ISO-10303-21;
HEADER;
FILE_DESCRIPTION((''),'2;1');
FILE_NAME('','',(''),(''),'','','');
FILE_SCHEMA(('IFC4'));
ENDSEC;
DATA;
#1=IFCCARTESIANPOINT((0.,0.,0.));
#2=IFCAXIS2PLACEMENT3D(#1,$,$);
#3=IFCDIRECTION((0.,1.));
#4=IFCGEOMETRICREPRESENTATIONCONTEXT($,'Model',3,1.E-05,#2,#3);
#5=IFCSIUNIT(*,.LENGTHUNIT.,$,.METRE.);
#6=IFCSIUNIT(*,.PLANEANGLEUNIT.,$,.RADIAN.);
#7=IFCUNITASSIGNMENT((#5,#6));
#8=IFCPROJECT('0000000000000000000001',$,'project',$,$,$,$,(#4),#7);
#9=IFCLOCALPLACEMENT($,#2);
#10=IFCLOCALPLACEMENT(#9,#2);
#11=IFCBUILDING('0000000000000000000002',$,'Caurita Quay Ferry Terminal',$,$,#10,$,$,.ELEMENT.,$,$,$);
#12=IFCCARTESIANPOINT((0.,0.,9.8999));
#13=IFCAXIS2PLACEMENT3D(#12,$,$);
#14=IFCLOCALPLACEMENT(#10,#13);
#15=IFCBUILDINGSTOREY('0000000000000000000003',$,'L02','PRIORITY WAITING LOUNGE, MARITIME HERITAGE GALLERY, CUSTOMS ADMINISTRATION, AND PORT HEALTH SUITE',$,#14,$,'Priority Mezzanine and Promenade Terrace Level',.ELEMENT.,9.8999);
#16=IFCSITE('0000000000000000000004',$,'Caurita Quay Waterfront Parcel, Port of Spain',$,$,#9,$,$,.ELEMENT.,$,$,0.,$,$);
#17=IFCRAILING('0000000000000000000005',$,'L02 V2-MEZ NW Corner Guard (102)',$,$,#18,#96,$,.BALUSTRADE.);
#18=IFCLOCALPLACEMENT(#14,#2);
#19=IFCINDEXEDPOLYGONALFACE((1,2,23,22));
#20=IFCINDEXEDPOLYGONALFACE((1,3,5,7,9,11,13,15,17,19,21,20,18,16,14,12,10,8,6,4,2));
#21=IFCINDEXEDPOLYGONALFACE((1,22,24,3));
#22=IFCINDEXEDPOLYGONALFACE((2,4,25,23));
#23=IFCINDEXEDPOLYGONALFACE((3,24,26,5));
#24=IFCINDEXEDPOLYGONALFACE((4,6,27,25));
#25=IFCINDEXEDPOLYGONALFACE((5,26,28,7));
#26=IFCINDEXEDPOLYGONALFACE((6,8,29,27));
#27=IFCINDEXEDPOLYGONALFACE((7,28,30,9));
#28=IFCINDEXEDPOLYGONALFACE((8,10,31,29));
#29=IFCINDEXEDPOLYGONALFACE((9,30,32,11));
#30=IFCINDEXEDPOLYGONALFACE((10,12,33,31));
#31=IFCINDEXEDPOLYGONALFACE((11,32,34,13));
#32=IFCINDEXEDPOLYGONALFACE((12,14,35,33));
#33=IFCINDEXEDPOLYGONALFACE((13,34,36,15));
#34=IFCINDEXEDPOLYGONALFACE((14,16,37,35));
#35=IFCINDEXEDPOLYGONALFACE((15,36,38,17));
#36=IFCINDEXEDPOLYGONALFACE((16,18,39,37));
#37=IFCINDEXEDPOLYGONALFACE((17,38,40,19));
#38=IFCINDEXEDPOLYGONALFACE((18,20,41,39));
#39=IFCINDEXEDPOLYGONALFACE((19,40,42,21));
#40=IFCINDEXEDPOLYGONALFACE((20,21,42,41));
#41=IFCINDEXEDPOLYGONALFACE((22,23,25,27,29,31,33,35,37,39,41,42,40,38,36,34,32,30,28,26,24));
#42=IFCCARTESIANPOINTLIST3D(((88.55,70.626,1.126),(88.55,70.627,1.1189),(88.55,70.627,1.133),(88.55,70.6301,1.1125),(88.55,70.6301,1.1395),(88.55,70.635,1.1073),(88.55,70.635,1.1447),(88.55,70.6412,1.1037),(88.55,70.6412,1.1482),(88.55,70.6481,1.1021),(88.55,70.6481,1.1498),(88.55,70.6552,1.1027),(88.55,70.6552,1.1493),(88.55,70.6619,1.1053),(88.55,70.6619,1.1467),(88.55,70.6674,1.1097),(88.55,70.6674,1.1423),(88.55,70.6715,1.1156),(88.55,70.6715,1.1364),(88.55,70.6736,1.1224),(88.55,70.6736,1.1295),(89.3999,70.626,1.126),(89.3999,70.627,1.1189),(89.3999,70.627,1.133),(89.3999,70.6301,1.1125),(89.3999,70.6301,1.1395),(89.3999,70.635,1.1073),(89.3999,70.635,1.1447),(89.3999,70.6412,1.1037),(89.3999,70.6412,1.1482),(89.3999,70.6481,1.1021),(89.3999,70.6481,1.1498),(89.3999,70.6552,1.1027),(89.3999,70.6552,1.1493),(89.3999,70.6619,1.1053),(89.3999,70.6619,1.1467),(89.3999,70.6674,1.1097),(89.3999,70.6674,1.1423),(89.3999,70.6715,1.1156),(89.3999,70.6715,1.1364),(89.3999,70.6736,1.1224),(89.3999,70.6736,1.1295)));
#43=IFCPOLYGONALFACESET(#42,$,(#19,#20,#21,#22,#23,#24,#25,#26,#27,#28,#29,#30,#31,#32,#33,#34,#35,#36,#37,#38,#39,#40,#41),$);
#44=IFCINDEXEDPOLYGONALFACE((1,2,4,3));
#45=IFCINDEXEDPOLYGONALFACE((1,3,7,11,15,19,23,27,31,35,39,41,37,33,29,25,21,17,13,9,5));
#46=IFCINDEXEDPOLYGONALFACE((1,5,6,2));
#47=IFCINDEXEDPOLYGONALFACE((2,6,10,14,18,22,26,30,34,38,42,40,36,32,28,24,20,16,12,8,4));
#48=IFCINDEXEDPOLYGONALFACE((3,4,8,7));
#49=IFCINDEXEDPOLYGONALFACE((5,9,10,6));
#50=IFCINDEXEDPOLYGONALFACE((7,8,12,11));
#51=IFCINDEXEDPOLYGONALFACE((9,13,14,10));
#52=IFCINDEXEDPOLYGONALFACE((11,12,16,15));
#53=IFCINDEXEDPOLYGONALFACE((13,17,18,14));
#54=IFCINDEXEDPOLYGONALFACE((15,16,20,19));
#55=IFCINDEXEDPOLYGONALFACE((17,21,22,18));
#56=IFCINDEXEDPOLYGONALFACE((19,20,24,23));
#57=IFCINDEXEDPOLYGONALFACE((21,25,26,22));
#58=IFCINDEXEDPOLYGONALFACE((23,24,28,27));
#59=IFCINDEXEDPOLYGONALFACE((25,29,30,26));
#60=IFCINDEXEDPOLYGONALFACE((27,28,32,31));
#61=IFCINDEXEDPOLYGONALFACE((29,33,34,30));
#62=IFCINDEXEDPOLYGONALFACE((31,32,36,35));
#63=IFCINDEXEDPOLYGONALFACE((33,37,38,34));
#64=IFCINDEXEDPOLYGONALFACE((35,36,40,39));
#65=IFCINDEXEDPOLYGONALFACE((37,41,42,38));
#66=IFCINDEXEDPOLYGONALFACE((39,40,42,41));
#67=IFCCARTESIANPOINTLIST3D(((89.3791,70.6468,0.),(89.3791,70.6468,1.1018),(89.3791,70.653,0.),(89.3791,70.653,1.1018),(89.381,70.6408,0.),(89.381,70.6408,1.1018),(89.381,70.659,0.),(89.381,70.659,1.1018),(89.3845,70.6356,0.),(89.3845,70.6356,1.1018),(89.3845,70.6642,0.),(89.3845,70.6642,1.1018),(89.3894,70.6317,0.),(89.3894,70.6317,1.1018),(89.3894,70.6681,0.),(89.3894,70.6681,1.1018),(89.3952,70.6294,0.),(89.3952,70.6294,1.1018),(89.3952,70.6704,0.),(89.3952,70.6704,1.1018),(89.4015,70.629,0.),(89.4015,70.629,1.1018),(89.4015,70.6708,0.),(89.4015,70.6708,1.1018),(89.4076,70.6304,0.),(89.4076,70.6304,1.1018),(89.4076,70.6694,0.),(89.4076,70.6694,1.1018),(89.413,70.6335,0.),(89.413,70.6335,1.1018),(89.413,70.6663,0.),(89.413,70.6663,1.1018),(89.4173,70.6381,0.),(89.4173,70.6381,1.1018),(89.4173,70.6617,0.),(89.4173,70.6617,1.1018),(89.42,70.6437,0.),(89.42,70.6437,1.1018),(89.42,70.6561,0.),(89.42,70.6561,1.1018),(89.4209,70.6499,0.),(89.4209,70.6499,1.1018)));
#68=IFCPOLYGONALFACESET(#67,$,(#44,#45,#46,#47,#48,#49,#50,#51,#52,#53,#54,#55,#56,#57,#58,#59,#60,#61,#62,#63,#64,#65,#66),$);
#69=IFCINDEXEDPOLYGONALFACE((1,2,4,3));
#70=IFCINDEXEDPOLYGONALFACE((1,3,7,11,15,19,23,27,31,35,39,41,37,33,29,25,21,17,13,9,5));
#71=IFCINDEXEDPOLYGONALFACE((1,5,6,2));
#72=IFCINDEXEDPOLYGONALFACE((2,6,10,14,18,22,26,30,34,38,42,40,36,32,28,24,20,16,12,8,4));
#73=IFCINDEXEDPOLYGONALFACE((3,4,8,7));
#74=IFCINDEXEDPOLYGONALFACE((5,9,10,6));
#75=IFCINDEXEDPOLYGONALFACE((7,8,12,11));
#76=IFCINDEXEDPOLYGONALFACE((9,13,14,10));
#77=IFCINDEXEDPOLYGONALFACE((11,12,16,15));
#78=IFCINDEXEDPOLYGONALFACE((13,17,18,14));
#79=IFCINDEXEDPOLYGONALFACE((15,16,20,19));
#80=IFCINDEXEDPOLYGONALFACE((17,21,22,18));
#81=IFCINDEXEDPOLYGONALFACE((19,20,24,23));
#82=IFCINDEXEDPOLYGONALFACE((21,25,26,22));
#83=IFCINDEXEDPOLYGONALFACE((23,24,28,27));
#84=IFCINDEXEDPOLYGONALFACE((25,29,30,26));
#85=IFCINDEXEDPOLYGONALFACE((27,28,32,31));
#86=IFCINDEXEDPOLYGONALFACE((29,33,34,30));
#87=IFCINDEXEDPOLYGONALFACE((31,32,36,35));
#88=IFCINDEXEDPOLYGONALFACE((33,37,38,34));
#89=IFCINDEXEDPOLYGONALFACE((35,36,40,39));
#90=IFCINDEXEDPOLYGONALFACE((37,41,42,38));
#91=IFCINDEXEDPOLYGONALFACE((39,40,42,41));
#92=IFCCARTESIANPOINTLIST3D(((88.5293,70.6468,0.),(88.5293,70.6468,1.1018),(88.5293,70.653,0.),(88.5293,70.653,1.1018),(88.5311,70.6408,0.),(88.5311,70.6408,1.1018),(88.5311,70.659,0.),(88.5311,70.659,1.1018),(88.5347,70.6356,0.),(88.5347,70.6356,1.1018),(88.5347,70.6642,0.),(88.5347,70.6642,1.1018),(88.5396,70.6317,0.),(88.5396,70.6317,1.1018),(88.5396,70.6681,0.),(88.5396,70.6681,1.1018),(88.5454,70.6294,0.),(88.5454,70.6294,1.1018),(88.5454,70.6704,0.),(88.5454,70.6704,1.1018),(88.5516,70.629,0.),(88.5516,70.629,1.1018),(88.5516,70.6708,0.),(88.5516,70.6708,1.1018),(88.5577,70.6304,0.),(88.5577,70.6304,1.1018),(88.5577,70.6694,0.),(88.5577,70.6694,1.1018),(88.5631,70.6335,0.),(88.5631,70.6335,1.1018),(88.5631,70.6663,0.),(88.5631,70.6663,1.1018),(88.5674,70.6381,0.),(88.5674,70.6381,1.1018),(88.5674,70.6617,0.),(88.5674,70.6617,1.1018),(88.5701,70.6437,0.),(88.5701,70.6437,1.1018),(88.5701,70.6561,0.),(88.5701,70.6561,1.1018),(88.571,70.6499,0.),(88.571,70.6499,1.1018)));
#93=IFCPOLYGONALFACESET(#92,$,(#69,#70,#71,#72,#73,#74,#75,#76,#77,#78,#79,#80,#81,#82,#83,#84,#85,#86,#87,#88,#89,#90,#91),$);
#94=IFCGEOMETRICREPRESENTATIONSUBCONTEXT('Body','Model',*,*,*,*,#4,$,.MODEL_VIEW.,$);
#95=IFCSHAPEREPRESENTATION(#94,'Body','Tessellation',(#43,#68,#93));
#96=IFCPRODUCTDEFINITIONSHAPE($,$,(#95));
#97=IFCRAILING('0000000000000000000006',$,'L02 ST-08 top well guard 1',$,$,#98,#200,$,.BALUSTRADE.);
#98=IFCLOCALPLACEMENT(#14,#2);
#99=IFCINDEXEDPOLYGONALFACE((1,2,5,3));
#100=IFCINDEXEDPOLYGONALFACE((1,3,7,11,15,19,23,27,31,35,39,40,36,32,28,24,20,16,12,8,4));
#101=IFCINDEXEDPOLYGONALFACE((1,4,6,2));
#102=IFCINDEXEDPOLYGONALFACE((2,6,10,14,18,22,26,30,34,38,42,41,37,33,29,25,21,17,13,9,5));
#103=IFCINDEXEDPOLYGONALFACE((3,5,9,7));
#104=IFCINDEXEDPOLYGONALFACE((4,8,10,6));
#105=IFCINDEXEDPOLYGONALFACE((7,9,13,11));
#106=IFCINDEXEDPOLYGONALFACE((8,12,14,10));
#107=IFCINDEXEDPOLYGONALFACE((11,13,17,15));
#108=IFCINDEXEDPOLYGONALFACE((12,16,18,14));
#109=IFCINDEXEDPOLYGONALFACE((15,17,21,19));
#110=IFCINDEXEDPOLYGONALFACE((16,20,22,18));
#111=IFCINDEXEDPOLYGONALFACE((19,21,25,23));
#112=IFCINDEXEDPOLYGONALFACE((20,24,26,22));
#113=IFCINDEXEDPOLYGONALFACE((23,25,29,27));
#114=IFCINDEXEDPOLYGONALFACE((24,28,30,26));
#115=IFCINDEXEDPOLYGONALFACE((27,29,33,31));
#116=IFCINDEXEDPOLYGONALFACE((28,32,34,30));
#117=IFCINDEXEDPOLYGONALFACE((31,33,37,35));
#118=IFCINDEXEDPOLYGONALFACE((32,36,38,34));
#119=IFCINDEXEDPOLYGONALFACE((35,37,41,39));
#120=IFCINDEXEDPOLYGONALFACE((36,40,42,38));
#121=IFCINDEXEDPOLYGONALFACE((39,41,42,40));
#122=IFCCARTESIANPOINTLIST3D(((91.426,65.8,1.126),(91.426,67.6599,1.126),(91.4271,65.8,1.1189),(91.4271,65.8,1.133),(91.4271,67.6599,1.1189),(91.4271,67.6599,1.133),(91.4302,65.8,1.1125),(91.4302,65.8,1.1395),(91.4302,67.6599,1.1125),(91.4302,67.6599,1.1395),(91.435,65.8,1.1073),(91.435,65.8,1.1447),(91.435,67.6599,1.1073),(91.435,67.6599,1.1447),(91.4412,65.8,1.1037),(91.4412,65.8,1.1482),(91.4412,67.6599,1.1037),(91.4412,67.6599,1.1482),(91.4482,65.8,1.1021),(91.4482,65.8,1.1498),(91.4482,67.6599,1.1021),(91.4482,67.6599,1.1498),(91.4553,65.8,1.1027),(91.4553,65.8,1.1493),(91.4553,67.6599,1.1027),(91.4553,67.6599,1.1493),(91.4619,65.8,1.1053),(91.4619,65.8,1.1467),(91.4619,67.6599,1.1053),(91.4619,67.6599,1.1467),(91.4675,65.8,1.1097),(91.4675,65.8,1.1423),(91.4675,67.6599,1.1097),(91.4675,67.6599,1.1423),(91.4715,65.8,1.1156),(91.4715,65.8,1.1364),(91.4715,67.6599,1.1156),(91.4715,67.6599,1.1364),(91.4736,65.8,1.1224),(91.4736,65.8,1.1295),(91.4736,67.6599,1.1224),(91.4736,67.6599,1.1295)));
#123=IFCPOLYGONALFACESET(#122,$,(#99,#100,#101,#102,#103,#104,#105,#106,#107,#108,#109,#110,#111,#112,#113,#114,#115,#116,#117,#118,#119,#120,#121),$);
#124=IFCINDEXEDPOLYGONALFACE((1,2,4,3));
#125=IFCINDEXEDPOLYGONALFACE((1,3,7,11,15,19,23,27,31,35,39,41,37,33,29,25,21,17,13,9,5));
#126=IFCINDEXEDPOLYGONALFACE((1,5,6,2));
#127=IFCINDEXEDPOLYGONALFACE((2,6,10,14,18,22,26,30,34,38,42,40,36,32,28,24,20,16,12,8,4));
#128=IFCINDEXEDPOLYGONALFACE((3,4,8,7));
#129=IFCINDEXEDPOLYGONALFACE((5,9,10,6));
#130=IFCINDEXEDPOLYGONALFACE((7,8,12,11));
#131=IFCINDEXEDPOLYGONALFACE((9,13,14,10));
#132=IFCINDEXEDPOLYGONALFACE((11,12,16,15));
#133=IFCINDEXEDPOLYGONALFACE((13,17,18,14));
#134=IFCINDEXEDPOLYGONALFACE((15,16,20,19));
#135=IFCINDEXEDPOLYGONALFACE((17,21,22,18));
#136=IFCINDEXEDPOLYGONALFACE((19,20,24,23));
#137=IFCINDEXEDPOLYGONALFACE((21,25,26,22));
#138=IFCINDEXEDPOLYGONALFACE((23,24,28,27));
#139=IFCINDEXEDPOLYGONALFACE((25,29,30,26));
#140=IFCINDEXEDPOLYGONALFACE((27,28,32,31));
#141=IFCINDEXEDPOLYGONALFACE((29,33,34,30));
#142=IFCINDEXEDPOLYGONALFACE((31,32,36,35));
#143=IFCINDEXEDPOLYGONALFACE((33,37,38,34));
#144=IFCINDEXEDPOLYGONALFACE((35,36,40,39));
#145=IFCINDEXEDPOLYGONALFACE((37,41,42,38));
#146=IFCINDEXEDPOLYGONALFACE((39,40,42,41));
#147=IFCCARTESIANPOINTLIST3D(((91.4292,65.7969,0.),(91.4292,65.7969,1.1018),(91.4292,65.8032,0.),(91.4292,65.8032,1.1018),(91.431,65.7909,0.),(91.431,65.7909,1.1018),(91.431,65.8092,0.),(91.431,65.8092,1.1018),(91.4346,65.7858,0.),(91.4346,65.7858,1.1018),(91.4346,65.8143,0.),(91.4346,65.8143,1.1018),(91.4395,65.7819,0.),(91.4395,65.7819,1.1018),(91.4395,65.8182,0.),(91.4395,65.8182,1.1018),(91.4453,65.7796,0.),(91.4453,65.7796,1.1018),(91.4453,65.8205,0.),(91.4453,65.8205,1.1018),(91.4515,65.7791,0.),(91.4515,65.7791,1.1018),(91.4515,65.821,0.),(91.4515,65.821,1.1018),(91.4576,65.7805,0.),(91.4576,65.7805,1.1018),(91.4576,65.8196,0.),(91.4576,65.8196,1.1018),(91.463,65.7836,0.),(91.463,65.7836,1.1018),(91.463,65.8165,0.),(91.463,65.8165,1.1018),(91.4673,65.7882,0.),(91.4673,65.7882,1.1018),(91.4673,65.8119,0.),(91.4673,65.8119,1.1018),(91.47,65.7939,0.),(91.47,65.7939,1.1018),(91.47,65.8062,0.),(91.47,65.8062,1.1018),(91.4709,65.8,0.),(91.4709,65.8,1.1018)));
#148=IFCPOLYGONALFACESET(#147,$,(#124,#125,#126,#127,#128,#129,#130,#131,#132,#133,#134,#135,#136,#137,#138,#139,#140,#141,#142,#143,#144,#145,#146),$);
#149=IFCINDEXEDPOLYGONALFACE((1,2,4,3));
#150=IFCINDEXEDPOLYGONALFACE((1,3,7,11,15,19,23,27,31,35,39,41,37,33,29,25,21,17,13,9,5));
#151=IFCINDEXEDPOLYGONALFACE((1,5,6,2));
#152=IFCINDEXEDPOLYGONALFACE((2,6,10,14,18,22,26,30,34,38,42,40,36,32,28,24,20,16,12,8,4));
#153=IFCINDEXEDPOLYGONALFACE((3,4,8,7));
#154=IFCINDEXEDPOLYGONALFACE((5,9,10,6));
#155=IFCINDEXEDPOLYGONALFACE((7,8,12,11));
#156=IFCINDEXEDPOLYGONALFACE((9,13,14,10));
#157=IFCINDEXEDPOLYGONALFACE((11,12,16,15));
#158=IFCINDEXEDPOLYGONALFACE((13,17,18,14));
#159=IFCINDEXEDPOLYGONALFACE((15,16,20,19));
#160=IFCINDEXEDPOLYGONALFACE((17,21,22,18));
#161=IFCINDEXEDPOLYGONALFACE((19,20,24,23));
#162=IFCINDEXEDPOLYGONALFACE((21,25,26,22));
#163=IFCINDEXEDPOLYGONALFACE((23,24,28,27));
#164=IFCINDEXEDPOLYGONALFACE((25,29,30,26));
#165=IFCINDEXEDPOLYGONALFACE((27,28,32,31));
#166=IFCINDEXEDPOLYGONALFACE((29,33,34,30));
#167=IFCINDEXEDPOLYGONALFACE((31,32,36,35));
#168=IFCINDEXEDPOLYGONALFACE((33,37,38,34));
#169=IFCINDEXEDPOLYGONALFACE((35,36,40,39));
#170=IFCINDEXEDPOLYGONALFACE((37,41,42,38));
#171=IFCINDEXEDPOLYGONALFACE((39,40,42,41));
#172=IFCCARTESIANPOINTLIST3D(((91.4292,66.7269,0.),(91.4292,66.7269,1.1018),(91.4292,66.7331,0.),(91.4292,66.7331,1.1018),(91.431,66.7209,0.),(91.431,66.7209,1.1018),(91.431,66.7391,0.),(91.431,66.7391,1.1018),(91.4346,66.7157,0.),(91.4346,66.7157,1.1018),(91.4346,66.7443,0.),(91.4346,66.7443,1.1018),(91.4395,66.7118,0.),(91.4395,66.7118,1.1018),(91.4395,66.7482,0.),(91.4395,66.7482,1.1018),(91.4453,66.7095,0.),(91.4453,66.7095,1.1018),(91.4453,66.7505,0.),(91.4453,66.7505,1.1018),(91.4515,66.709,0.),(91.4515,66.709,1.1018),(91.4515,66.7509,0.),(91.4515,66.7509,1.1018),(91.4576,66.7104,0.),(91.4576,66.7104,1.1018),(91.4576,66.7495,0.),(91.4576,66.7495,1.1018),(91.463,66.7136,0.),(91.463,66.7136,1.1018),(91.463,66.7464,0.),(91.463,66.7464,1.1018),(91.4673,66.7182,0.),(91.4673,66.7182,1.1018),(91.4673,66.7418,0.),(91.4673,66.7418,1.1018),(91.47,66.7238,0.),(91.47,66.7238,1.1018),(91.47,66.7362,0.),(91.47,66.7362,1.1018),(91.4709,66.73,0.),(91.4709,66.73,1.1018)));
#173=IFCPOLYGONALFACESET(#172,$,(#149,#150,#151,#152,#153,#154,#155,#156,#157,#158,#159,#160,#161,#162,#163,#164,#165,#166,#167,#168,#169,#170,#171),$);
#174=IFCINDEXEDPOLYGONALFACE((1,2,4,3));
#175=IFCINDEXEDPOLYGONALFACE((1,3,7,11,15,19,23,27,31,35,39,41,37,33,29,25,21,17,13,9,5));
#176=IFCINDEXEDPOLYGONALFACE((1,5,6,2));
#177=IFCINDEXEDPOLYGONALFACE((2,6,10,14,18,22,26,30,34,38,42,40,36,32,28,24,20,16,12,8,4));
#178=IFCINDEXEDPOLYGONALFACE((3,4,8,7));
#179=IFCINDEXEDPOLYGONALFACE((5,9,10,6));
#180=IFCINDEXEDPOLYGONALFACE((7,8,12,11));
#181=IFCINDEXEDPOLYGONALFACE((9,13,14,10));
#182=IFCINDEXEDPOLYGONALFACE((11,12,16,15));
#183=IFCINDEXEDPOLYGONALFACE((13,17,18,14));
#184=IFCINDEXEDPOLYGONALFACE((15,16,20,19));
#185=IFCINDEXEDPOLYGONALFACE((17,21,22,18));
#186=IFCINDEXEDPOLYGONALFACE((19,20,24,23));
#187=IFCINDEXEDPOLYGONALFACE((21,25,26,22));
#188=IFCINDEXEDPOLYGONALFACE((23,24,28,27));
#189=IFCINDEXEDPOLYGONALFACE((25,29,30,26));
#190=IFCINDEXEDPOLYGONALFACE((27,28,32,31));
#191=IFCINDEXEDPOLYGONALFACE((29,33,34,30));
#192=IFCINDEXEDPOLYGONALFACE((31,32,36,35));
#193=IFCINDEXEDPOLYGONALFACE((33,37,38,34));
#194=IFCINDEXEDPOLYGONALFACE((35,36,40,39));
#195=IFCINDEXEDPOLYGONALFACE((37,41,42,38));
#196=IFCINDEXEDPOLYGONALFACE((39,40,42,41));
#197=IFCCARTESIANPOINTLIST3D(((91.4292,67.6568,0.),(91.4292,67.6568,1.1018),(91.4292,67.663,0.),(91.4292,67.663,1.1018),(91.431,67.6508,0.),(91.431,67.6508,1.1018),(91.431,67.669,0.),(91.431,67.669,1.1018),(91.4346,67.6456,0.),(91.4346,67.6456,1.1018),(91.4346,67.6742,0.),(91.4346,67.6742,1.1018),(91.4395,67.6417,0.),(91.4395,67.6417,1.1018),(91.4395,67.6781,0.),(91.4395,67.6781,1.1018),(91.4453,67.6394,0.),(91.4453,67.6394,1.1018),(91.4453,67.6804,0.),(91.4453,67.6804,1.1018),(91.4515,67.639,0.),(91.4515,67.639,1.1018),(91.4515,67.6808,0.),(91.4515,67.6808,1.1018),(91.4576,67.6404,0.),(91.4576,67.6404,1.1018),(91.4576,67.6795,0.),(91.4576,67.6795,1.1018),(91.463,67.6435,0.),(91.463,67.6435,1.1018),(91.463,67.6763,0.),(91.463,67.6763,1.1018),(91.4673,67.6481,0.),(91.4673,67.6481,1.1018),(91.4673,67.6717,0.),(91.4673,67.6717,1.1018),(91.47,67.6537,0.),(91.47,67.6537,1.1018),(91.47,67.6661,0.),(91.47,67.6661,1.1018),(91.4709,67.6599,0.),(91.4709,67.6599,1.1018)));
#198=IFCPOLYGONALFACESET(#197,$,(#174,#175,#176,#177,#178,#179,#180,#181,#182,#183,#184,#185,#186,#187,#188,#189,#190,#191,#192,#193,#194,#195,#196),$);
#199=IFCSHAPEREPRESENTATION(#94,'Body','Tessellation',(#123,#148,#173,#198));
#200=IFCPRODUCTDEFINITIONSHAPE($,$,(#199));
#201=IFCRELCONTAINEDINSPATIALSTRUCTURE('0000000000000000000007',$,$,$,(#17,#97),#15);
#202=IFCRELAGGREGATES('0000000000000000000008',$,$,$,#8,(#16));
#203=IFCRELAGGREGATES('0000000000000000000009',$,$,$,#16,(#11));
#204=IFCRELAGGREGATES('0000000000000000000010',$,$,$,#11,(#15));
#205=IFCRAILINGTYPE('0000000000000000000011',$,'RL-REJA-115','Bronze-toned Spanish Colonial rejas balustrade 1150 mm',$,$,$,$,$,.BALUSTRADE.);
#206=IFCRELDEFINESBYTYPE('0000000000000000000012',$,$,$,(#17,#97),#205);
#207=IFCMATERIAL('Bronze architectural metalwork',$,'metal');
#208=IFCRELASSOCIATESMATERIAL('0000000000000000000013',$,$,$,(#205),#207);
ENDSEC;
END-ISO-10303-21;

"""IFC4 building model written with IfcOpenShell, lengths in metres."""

from ifc_helpers import new_model, si_unit, direction, frame, origin, origin_2d, place, context, subcontext, project, spatial, circle, extrude, material, type_object, element, save


model = new_model("IFC4")

# Units and contexts
model_context = context("Model", 3, precision=1e-05, world=origin(), true_north=direction((0.0, 1.0)))
body_context = subcontext(model_context, "Body", "Model", "MODEL_VIEW")
ifc_project = project(units=[si_unit("LENGTHUNIT", "METRE"), si_unit("PLANEANGLEUNIT", "RADIAN")], contexts=[model_context])

# Site, building, storey
site_placement = place(None, origin())
site = spatial("IfcSite", under=ifc_project, at=site_placement, Name="Caurita Quay Waterfront Parcel, Port of Spain", CompositionType="ELEMENT", RefElevation=0.0)
building_placement = place(site_placement, origin())
building = spatial("IfcBuilding", under=site, at=building_placement, Name="Caurita Quay Ferry Terminal", CompositionType="ELEMENT")
storey_placement = place(building_placement, frame((0.0, 0.0, 9.8999)))
storey = spatial("IfcBuildingStorey", under=building, at=storey_placement, Name="L02", Description="PRIORITY WAITING LOUNGE, MARITIME HERITAGE GALLERY, CUSTOMS ADMINISTRATION, AND PORT HEALTH SUITE", LongName="Priority Mezzanine and Promenade Terrace Level", CompositionType="ELEMENT", Elevation=9.8999)

# Railings
ifc_material_1 = material(Name="Bronze architectural metalwork", Category="metal")
railing_type = type_object("IfcRailingType", Name="RL-REJA-115", Description="Bronze-toned Spanish Colonial rejas balustrade 1150 mm", PredefinedType="BALUSTRADE", material=ifc_material_1)
railing_1_placement = place(storey_placement, frame((89.3999, 70.6499, 0.0)))
element("IfcRailing", 1, at=railing_1_placement, inside=storey, type_object=railing_type, Name="L02 V2-MEZ NW Corner Guard (102)", PredefinedType="BALUSTRADE", context=body_context, shape_type="SweptSolid", body=[
    extrude(circle(Radius=0.0239, at=origin_2d()), frame((0.0, 0.0, 1.126), z_axis=(-1.0, 0.0, 0.0), x_axis=(0.0, -1.0, 0.0)), (0.0, 0.0, 1.0), 0.8499),
    extrude(circle(Radius=0.021, at=origin_2d()), origin(), (0.0, 0.0, 1.0), 1.1018),
    extrude(circle(Radius=0.021, at=origin_2d()), frame((-0.8499, 0.0, 0.0)), (0.0, 0.0, 1.0), 1.1018),
])
railing_2_placement = place(storey_placement, frame((91.45, 65.8, 0.0)))
element("IfcRailing", 2, at=railing_2_placement, inside=storey, type_object=railing_type, Name="L02 ST-08 top well guard 1", PredefinedType="BALUSTRADE", context=body_context, shape_type="SweptSolid", body=[
    extrude(circle(Radius=0.0239, at=origin_2d()), frame((0.0, 0.0, 1.126), z_axis=(0.0, 1.0, 0.0), x_axis=(-1.0, 0.0, 0.0)), (0.0, 0.0, 1.0), 1.8599),
    extrude(circle(Radius=0.021, at=origin_2d()), origin(), (0.0, 0.0, 1.0), 1.1018),
    extrude(circle(Radius=0.021, at=origin_2d()), frame((0.0, 0.9299, 0.0)), (0.0, 0.0, 1.0), 1.1018),
    extrude(circle(Radius=0.021, at=origin_2d()), frame((0.0, 1.8599, 0.0)), (0.0, 0.0, 1.0), 1.1018),
])

save(model, "model.ifc")
